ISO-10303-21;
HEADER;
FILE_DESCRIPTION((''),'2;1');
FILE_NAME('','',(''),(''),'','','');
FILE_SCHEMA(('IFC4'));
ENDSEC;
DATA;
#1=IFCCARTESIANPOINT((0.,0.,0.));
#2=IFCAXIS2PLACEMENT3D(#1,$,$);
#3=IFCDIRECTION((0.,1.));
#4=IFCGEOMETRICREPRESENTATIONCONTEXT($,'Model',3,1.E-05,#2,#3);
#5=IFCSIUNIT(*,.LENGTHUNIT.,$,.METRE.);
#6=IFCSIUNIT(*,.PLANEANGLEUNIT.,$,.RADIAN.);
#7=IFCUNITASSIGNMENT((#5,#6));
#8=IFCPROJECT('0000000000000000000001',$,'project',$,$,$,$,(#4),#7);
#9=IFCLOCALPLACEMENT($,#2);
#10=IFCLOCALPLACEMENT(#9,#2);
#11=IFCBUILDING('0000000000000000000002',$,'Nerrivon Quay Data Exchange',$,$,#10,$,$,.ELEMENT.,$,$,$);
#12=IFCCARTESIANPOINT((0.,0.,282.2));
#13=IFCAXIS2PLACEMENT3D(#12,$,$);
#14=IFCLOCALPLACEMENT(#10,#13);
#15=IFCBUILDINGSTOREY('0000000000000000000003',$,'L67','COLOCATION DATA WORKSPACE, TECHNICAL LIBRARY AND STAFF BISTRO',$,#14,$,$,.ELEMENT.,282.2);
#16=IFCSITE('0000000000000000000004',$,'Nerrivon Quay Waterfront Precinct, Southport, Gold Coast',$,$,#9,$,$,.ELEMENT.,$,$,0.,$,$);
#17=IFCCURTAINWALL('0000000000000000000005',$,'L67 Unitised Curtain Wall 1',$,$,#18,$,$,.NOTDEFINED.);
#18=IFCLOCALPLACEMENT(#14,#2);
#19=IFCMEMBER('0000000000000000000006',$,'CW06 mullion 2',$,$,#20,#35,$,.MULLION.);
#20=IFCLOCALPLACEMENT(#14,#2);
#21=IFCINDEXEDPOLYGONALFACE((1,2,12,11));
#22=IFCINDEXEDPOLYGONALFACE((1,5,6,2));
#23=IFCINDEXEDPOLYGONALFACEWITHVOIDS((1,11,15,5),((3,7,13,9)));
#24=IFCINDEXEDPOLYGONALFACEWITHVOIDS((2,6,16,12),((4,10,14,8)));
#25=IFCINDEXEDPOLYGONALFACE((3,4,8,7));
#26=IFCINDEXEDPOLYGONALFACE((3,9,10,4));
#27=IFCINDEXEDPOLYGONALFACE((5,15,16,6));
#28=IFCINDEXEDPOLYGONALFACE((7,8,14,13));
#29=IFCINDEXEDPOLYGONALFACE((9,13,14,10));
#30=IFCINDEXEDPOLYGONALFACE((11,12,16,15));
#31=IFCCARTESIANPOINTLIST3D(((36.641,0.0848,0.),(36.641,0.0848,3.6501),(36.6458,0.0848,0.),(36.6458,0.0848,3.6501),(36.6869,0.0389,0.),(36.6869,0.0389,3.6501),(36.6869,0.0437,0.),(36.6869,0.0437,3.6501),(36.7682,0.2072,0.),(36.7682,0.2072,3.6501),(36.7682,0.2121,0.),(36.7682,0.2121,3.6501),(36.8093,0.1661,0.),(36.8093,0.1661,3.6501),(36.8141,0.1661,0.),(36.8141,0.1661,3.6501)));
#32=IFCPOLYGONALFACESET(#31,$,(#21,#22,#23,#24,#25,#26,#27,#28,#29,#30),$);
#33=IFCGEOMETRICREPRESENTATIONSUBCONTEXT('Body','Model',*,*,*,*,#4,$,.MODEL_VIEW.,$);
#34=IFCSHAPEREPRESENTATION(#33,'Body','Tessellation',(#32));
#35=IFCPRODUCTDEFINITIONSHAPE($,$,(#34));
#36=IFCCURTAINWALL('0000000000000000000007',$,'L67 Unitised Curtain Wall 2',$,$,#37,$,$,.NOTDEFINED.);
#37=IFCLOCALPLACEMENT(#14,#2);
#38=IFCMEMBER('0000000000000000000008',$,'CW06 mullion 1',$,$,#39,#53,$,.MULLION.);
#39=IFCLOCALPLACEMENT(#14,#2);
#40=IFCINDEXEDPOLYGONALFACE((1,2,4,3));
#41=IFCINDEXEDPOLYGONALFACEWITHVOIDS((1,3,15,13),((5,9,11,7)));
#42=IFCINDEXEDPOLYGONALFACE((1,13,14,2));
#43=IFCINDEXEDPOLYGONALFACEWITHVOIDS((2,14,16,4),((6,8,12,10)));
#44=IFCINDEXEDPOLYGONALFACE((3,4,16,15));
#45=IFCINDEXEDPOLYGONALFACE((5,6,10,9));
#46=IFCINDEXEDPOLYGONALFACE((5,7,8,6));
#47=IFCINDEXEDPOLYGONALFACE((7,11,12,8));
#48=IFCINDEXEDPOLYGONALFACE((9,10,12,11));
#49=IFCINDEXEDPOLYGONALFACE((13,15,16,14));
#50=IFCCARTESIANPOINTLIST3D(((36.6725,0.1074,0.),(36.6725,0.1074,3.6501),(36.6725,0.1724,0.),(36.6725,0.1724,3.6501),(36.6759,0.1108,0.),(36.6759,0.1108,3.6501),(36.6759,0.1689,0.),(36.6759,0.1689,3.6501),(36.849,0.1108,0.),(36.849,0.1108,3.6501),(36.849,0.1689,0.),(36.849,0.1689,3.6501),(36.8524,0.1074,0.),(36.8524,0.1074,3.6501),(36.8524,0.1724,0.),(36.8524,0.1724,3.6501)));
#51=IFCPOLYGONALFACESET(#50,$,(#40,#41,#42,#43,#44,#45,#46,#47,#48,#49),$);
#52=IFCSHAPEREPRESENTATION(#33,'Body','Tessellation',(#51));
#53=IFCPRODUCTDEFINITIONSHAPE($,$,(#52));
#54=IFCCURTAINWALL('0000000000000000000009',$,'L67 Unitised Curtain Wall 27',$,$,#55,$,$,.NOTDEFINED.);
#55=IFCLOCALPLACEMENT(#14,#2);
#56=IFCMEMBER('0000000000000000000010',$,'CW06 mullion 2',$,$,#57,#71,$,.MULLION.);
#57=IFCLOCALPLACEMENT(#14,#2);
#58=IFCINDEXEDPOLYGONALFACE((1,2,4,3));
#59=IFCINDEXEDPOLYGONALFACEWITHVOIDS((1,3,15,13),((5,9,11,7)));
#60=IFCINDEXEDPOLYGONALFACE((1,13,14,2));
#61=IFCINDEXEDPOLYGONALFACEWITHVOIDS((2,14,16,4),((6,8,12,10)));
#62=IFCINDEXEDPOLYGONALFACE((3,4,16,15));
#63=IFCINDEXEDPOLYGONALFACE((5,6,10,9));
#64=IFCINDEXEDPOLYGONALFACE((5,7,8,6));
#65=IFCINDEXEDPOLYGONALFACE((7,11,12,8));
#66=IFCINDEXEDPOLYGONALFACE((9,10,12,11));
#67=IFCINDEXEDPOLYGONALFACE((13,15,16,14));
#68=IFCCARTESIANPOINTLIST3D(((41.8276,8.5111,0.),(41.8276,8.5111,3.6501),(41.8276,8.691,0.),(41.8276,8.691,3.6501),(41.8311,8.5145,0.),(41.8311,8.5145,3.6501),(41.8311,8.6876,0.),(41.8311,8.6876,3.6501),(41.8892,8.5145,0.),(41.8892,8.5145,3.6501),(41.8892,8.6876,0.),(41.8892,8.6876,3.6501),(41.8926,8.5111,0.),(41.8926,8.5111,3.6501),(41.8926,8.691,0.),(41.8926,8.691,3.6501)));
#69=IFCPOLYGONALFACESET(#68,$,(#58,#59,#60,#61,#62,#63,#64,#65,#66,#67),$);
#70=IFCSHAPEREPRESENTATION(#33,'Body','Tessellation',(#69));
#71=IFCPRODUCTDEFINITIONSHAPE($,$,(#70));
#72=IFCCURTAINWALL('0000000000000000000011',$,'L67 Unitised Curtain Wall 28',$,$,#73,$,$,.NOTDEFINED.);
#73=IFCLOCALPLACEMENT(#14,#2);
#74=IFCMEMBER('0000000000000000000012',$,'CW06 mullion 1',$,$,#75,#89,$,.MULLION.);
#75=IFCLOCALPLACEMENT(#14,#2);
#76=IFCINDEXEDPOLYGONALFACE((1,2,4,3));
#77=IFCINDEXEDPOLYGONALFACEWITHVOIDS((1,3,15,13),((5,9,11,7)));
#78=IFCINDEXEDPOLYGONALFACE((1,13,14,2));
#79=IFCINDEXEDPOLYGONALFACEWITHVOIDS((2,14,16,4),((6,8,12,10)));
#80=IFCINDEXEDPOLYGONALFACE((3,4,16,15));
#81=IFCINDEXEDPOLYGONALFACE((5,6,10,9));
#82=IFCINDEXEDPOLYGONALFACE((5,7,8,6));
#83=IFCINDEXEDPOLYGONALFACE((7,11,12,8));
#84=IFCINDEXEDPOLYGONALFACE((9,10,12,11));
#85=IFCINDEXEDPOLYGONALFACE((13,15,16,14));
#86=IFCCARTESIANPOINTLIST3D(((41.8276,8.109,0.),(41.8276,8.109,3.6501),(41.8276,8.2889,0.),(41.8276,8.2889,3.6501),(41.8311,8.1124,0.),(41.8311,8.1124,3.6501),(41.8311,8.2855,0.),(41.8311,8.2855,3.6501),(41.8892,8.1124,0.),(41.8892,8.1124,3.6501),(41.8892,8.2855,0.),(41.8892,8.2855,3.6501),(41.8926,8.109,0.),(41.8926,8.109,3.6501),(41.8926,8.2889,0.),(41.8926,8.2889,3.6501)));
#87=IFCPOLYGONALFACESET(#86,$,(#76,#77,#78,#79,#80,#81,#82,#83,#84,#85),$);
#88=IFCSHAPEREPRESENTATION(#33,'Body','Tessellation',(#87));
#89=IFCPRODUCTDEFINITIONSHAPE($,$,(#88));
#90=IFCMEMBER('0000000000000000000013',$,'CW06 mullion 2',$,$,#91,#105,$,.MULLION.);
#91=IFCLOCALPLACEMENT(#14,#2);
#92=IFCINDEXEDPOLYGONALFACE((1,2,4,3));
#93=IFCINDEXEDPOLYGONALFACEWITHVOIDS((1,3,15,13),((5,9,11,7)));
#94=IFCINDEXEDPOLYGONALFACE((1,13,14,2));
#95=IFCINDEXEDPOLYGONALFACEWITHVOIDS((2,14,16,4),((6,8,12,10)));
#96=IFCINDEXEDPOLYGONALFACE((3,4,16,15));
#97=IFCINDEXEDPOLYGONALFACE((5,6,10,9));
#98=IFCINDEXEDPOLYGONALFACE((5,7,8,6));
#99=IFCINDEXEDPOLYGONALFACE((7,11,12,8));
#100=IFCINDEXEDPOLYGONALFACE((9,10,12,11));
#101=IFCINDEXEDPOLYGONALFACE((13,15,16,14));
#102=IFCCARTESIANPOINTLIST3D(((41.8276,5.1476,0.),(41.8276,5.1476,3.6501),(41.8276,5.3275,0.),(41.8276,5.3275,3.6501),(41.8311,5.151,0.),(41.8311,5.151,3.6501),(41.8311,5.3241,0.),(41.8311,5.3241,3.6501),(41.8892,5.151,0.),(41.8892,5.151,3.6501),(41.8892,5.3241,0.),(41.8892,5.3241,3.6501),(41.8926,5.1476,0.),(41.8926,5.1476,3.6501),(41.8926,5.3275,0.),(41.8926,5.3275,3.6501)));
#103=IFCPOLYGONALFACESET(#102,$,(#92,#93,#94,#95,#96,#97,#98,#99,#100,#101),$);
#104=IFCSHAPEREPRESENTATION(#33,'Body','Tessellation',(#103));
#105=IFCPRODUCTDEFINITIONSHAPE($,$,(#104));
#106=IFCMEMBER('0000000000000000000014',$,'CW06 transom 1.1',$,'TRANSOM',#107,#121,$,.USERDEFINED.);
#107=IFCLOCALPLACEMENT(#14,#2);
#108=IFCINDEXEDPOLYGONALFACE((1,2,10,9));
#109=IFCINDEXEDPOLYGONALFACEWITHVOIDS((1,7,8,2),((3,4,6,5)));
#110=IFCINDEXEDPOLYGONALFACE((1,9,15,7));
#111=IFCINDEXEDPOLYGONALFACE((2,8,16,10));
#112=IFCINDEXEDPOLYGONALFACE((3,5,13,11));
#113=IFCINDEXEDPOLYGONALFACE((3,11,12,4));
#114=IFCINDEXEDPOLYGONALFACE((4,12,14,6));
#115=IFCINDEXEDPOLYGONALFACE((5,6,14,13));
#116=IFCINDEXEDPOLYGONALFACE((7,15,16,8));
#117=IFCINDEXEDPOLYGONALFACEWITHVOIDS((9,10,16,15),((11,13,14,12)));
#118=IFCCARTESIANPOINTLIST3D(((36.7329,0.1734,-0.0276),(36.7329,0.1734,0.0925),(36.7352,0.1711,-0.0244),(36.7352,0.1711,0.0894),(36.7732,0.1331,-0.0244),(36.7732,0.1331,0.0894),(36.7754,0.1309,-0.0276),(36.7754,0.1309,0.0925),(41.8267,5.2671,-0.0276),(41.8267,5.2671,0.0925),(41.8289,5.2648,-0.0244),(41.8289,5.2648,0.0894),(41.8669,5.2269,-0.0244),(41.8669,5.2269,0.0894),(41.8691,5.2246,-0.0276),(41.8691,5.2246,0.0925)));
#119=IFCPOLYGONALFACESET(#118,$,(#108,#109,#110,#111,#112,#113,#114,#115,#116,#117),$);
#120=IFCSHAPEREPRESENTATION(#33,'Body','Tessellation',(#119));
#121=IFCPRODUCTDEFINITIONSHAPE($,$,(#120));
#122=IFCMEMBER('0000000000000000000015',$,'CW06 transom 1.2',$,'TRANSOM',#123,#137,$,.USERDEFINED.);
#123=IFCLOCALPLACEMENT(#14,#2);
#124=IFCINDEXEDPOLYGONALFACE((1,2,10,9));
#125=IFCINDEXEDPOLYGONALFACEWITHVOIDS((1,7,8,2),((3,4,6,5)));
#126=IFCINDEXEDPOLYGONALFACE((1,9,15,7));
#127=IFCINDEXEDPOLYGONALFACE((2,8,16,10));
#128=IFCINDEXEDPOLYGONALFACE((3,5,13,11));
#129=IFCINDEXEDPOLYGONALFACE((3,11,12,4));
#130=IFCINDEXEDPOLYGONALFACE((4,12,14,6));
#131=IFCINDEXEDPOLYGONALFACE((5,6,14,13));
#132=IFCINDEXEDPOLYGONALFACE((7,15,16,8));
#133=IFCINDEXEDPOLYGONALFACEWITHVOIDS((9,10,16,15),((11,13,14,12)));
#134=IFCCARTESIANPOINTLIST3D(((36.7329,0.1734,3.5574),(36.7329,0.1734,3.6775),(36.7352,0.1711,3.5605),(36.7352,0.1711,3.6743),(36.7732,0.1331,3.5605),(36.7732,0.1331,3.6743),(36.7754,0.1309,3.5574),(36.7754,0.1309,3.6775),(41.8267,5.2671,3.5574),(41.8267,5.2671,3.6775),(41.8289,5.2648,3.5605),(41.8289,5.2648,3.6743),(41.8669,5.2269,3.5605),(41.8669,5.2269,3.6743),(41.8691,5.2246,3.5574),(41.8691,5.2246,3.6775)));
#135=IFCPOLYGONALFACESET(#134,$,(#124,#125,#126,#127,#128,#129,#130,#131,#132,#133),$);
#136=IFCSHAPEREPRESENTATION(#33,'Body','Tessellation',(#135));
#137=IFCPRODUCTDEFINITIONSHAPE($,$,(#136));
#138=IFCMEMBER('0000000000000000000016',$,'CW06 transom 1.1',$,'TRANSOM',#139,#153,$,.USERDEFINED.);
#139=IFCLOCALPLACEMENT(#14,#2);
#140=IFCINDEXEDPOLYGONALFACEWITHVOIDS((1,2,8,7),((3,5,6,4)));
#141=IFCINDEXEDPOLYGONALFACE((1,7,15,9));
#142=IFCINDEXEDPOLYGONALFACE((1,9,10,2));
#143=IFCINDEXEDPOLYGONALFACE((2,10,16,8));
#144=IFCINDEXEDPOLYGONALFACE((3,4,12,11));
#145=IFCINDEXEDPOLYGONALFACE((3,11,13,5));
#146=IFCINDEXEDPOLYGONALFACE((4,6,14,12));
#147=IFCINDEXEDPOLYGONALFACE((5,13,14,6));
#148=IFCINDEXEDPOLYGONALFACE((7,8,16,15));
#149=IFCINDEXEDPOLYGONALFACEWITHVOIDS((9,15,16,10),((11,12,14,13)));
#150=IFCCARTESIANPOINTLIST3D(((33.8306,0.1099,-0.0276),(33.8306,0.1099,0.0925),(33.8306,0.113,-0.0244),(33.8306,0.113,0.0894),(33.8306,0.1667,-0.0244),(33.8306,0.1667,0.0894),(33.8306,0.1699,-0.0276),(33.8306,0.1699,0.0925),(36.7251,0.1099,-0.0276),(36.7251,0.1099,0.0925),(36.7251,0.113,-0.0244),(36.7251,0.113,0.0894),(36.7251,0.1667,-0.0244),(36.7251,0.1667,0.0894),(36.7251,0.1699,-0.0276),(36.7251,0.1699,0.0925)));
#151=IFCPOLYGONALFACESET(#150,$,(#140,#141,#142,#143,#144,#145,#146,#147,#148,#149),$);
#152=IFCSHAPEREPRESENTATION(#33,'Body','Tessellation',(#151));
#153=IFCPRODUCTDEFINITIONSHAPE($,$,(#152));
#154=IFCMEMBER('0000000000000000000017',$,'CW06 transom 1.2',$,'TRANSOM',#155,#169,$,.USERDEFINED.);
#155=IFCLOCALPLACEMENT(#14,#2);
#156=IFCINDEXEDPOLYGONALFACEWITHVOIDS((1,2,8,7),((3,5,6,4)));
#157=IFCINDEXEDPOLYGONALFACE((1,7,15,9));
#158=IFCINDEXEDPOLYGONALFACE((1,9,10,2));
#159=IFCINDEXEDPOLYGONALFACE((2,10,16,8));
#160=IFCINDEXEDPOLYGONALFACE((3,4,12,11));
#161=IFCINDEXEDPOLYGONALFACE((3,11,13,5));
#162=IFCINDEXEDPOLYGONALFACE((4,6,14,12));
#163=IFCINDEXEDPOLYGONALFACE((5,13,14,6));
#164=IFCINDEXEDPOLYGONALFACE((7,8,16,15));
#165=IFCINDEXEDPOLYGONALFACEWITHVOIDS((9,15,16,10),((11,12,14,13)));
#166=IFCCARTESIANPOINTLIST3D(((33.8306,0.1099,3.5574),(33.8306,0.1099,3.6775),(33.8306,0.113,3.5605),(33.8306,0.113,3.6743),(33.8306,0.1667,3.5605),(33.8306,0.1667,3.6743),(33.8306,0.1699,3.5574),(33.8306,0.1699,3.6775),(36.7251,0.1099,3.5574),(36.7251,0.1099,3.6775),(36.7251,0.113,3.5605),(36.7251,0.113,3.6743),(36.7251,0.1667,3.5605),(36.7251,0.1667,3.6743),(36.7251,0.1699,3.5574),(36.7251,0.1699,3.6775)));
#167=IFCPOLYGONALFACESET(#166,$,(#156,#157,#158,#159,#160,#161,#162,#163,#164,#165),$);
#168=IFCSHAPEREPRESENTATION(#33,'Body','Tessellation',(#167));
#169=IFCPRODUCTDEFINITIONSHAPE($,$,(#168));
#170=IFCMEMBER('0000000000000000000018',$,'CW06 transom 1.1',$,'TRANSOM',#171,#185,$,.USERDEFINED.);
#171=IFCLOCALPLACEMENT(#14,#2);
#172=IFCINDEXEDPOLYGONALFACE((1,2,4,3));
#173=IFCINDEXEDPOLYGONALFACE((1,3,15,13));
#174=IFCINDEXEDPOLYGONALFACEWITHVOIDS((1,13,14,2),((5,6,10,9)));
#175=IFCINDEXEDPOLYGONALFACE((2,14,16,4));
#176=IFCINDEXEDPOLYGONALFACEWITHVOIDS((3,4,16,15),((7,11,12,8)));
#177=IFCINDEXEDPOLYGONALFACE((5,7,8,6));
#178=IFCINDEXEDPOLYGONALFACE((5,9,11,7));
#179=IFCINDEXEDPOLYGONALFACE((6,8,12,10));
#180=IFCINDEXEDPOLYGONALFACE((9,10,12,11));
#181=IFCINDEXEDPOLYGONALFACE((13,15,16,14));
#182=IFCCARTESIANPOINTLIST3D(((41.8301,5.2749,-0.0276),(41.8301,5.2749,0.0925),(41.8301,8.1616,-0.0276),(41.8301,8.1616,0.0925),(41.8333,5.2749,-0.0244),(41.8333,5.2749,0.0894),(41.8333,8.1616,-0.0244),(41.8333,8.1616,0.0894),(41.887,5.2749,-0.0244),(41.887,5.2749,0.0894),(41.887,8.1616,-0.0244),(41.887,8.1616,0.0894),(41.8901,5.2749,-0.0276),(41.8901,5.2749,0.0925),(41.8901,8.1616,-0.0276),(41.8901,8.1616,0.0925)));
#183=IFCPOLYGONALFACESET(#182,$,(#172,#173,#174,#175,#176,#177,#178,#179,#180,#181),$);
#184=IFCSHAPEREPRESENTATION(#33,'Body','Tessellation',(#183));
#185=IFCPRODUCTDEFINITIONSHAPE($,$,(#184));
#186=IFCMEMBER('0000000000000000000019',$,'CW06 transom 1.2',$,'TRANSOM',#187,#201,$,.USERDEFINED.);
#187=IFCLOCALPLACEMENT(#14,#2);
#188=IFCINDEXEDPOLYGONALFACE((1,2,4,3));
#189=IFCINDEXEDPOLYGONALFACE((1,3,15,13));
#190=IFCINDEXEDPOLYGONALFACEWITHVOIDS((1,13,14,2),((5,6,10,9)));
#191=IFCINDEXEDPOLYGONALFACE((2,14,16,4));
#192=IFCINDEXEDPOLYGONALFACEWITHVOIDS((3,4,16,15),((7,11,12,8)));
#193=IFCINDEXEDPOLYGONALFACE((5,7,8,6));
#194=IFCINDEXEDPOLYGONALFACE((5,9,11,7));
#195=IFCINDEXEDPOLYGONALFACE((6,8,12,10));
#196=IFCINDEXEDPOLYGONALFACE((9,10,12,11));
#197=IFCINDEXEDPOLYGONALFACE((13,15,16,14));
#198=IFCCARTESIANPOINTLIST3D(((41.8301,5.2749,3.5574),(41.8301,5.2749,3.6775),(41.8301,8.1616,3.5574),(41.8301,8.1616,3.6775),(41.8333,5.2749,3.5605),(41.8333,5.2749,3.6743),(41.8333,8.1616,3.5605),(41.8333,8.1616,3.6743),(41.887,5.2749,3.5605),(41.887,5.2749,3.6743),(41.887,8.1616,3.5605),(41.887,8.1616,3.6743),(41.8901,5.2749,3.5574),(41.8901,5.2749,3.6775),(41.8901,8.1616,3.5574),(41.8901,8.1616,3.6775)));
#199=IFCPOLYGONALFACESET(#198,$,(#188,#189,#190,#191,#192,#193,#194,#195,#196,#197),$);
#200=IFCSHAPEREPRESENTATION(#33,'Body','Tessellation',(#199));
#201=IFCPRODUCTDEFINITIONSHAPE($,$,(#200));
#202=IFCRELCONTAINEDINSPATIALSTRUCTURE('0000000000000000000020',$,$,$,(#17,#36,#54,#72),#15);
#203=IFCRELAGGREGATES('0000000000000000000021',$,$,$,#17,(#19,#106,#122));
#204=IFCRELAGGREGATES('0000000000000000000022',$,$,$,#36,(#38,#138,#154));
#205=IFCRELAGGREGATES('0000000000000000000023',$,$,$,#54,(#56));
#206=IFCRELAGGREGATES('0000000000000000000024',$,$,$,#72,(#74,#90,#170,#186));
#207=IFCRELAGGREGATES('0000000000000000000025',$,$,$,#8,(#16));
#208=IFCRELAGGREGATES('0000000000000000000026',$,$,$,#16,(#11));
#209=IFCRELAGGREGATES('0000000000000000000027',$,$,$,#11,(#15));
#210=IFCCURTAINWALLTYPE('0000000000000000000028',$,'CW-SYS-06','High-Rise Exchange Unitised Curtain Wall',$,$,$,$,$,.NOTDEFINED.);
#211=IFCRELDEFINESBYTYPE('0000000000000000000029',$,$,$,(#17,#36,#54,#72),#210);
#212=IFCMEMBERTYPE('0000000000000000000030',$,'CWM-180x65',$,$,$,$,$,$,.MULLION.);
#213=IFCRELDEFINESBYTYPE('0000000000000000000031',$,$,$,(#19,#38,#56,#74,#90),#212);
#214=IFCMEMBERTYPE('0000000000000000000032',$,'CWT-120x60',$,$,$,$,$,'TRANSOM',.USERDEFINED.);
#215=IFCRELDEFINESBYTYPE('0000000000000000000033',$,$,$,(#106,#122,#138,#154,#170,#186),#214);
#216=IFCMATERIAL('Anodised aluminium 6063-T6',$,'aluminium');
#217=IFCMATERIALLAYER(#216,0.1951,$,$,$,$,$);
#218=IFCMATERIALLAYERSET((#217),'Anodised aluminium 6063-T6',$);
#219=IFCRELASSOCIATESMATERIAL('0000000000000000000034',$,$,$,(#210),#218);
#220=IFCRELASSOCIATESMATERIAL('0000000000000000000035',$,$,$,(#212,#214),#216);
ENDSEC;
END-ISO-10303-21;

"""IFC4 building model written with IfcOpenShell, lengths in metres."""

from ifc_helpers import new_model, si_unit, direction, frame, origin, origin_2d, place, context, subcontext, project, spatial, hollow_rectangle, extrude, material, layer, layer_set, material_profile, profile_set, type_object, element, aggregate, save


model = new_model("IFC4")

# Units and contexts
model_context = context("Model", 3, precision=1e-05, world=origin(), true_north=direction((0.0, 1.0)))
body_context = subcontext(model_context, "Body", "Model", "MODEL_VIEW")
ifc_project = project(units=[si_unit("LENGTHUNIT", "METRE"), si_unit("PLANEANGLEUNIT", "RADIAN")], contexts=[model_context])

# Site, building, storey
site_placement = place(None, origin())
site = spatial("IfcSite", under=ifc_project, at=site_placement, Name="Nerrivon Quay Waterfront Precinct, Southport, Gold Coast", CompositionType="ELEMENT", RefElevation=0.0)
building_placement = place(site_placement, origin())
building = spatial("IfcBuilding", under=site, at=building_placement, Name="Nerrivon Quay Data Exchange", CompositionType="ELEMENT")
storey_placement = place(building_placement, frame((0.0, 0.0, 282.2)))
storey = spatial("IfcBuildingStorey", under=building, at=storey_placement, Name="L67", Description="COLOCATION DATA WORKSPACE, TECHNICAL LIBRARY AND STAFF BISTRO", CompositionType="ELEMENT", Elevation=282.2)

# Curtain wall, member
ifc_material_1 = material(Name="Anodised aluminium 6063-T6", Category="aluminium")
ifc_layer_1 = layer(ifc_material_1, 0.1951)
ifc_layer_set_1 = layer_set([ifc_layer_1], Name="Anodised aluminium 6063-T6")
curtain_wall_type = type_object("IfcCurtainWallType", Name="CW-SYS-06", Description="High-Rise Exchange Unitised Curtain Wall", PredefinedType="NOTDEFINED", material=ifc_layer_set_1)
curtain_wall_1_placement = place(storey_placement, origin())
curtain_wall_1 = element("IfcCurtainWall", 1, at=curtain_wall_1_placement, inside=storey, type_object=curtain_wall_type, Name="L67 Unitised Curtain Wall 1", PredefinedType="NOTDEFINED")
ifc_material_profile_1 = material_profile(ifc_material_1, hollow_rectangle(XDim=0.0649, YDim=0.1799, WallThickness=0.0034, at=origin_2d()), Name="ALU-MULL-180x65")
ifc_profile_set_1 = profile_set([ifc_material_profile_1], Name="Anodised aluminium 6063-T6")
member_type_1 = type_object("IfcMemberType", Name="CWM-180x65", PredefinedType="MULLION", material=ifc_profile_set_1)
member_1_placement = place(storey_placement, frame((36.7275, 0.1255, 0.0), z_axis=(0.0, 0.0, 1.0), x_axis=(0.707107, -0.707107, 0.0)))
member_1 = element("IfcMember", 2, at=member_1_placement, type_object=member_type_1, Name="CW06 mullion 2", PredefinedType="MULLION", context=body_context, shape_type="SweptSolid", body=[
    extrude(hollow_rectangle(XDim=0.0649, YDim=0.1799, WallThickness=0.0034, at=origin_2d()), origin(), (0.0, 0.0, 1.0), 3.6501),
])

# Curtain walls, members
curtain_wall_2_placement = place(storey_placement, origin())
curtain_wall_2 = element("IfcCurtainWall", 3, at=curtain_wall_2_placement, inside=storey, type_object=curtain_wall_type, Name="L67 Unitised Curtain Wall 2", PredefinedType="NOTDEFINED")
member_2_placement = place(storey_placement, frame((36.7625, 0.1399, 0.0), z_axis=(0.0, 0.0, 1.0), x_axis=(0.0, -1.0, 0.0)))
member_2 = element("IfcMember", 4, at=member_2_placement, type_object=member_type_1, Name="CW06 mullion 1", PredefinedType="MULLION", context=body_context, shape_type="SweptSolid", body=[
    extrude(hollow_rectangle(XDim=0.0649, YDim=0.1799, WallThickness=0.0034, at=origin_2d()), origin(), (0.0, 0.0, 1.0), 3.6501),
])
curtain_wall_3_placement = place(storey_placement, origin())
curtain_wall_3 = element("IfcCurtainWall", 5, at=curtain_wall_3_placement, inside=storey, type_object=curtain_wall_type, Name="L67 Unitised Curtain Wall 27", PredefinedType="NOTDEFINED")
member_3_placement = place(storey_placement, frame((41.8601, 8.6011, 0.0), z_axis=(0.0, 0.0, 1.0), x_axis=(1.0, 0.0, 0.0)))
member_3 = element("IfcMember", 6, at=member_3_placement, type_object=member_type_1, Name="CW06 mullion 2", PredefinedType="MULLION", context=body_context, shape_type="SweptSolid", body=[
    extrude(hollow_rectangle(XDim=0.0649, YDim=0.1799, WallThickness=0.0034, at=origin_2d()), origin(), (0.0, 0.0, 1.0), 3.6501),
])

# Curtain wall, members
curtain_wall_4_placement = place(storey_placement, origin())
curtain_wall_4 = element("IfcCurtainWall", 7, at=curtain_wall_4_placement, inside=storey, type_object=curtain_wall_type, Name="L67 Unitised Curtain Wall 28", PredefinedType="NOTDEFINED")
member_4_placement = place(storey_placement, frame((41.8601, 8.199, 0.0), z_axis=(0.0, 0.0, 1.0), x_axis=(1.0, 0.0, 0.0)))
member_4 = element("IfcMember", 8, at=member_4_placement, type_object=member_type_1, Name="CW06 mullion 1", PredefinedType="MULLION", context=body_context, shape_type="SweptSolid", body=[
    extrude(hollow_rectangle(XDim=0.0649, YDim=0.1799, WallThickness=0.0034, at=origin_2d()), origin(), (0.0, 0.0, 1.0), 3.6501),
])
member_5_placement = place(storey_placement, frame((41.8601, 5.2375, 0.0), z_axis=(0.0, 0.0, 1.0), x_axis=(1.0, 0.0, 0.0)))
member_5 = element("IfcMember", 9, at=member_5_placement, type_object=member_type_1, Name="CW06 mullion 2", PredefinedType="MULLION", context=body_context, shape_type="SweptSolid", body=[
    extrude(hollow_rectangle(XDim=0.0649, YDim=0.1799, WallThickness=0.0034, at=origin_2d()), origin(), (0.0, 0.0, 1.0), 3.6501),
])

# Members
ifc_material_profile_2 = material_profile(ifc_material_1, hollow_rectangle(XDim=0.0601, YDim=0.1201, WallThickness=0.0032, at=origin_2d()), Name="ALU-TRAN-120x60")
ifc_profile_set_2 = profile_set([ifc_material_profile_2], Name="Anodised aluminium 6063-T6")
member_type_2 = type_object("IfcMemberType", Name="CWT-120x60", ElementType="TRANSOM", PredefinedType="USERDEFINED", material=ifc_profile_set_2)
member_6_placement = place(storey_placement, frame((41.8479, 5.2458, 0.0325), z_axis=(-0.707107, -0.707107, 0.0), x_axis=(0.707107, -0.707107, 0.0)))
member_6 = element("IfcMember", 10, at=member_6_placement, type_object=member_type_2, Name="CW06 transom 1.1", ObjectType="TRANSOM", PredefinedType="USERDEFINED", context=body_context, shape_type="SweptSolid", body=[
    extrude(hollow_rectangle(XDim=0.0601, YDim=0.1201, WallThickness=0.0032, at=origin_2d()), origin(), (0.0, 0.0, 1.0), 7.2036),
])
member_7_placement = place(storey_placement, frame((41.8479, 5.2458, 3.6174), z_axis=(-0.707107, -0.707107, 0.0), x_axis=(0.707107, -0.707107, 0.0)))
member_7 = element("IfcMember", 11, at=member_7_placement, type_object=member_type_2, Name="CW06 transom 1.2", ObjectType="TRANSOM", PredefinedType="USERDEFINED", context=body_context, shape_type="SweptSolid", body=[
    extrude(hollow_rectangle(XDim=0.0601, YDim=0.1201, WallThickness=0.0032, at=origin_2d()), origin(), (0.0, 0.0, 1.0), 7.2036),
])
member_8_placement = place(storey_placement, frame((36.7251, 0.1399, 0.0325), z_axis=(-1.0, 0.0, 0.0), x_axis=(0.0, -1.0, 0.0)))
member_8 = element("IfcMember", 12, at=member_8_placement, type_object=member_type_2, Name="CW06 transom 1.1", ObjectType="TRANSOM", PredefinedType="USERDEFINED", context=body_context, shape_type="SweptSolid", body=[
    extrude(hollow_rectangle(XDim=0.0601, YDim=0.1201, WallThickness=0.0032, at=origin_2d()), origin(), (0.0, 0.0, 1.0), 2.8945),
])
member_9_placement = place(storey_placement, frame((36.7251, 0.1399, 3.6174), z_axis=(-1.0, 0.0, 0.0), x_axis=(0.0, -1.0, 0.0)))
member_9 = element("IfcMember", 13, at=member_9_placement, type_object=member_type_2, Name="CW06 transom 1.2", ObjectType="TRANSOM", PredefinedType="USERDEFINED", context=body_context, shape_type="SweptSolid", body=[
    extrude(hollow_rectangle(XDim=0.0601, YDim=0.1201, WallThickness=0.0032, at=origin_2d()), origin(), (0.0, 0.0, 1.0), 2.8945),
])
member_10_placement = place(storey_placement, frame((41.8601, 8.1616, 0.0325), z_axis=(0.0, -1.0, 0.0), x_axis=(1.0, 0.0, 0.0)))
member_10 = element("IfcMember", 14, at=member_10_placement, type_object=member_type_2, Name="CW06 transom 1.1", ObjectType="TRANSOM", PredefinedType="USERDEFINED", context=body_context, shape_type="SweptSolid", body=[
    extrude(hollow_rectangle(XDim=0.0601, YDim=0.1201, WallThickness=0.0032, at=origin_2d()), origin(), (0.0, 0.0, 1.0), 2.8867),
])
member_11_placement = place(storey_placement, frame((41.8601, 8.1616, 3.6174), z_axis=(0.0, -1.0, 0.0), x_axis=(1.0, 0.0, 0.0)))
member_11 = element("IfcMember", 15, at=member_11_placement, type_object=member_type_2, Name="CW06 transom 1.2", ObjectType="TRANSOM", PredefinedType="USERDEFINED", context=body_context, shape_type="SweptSolid", body=[
    extrude(hollow_rectangle(XDim=0.0601, YDim=0.1201, WallThickness=0.0032, at=origin_2d()), origin(), (0.0, 0.0, 1.0), 2.8867),
])

aggregate(curtain_wall_1, [member_1, member_6, member_7])
aggregate(curtain_wall_2, [member_2, member_8, member_9])
aggregate(curtain_wall_3, [member_3])
aggregate(curtain_wall_4, [member_4, member_5, member_10, member_11])

save(model, "model.ifc")
